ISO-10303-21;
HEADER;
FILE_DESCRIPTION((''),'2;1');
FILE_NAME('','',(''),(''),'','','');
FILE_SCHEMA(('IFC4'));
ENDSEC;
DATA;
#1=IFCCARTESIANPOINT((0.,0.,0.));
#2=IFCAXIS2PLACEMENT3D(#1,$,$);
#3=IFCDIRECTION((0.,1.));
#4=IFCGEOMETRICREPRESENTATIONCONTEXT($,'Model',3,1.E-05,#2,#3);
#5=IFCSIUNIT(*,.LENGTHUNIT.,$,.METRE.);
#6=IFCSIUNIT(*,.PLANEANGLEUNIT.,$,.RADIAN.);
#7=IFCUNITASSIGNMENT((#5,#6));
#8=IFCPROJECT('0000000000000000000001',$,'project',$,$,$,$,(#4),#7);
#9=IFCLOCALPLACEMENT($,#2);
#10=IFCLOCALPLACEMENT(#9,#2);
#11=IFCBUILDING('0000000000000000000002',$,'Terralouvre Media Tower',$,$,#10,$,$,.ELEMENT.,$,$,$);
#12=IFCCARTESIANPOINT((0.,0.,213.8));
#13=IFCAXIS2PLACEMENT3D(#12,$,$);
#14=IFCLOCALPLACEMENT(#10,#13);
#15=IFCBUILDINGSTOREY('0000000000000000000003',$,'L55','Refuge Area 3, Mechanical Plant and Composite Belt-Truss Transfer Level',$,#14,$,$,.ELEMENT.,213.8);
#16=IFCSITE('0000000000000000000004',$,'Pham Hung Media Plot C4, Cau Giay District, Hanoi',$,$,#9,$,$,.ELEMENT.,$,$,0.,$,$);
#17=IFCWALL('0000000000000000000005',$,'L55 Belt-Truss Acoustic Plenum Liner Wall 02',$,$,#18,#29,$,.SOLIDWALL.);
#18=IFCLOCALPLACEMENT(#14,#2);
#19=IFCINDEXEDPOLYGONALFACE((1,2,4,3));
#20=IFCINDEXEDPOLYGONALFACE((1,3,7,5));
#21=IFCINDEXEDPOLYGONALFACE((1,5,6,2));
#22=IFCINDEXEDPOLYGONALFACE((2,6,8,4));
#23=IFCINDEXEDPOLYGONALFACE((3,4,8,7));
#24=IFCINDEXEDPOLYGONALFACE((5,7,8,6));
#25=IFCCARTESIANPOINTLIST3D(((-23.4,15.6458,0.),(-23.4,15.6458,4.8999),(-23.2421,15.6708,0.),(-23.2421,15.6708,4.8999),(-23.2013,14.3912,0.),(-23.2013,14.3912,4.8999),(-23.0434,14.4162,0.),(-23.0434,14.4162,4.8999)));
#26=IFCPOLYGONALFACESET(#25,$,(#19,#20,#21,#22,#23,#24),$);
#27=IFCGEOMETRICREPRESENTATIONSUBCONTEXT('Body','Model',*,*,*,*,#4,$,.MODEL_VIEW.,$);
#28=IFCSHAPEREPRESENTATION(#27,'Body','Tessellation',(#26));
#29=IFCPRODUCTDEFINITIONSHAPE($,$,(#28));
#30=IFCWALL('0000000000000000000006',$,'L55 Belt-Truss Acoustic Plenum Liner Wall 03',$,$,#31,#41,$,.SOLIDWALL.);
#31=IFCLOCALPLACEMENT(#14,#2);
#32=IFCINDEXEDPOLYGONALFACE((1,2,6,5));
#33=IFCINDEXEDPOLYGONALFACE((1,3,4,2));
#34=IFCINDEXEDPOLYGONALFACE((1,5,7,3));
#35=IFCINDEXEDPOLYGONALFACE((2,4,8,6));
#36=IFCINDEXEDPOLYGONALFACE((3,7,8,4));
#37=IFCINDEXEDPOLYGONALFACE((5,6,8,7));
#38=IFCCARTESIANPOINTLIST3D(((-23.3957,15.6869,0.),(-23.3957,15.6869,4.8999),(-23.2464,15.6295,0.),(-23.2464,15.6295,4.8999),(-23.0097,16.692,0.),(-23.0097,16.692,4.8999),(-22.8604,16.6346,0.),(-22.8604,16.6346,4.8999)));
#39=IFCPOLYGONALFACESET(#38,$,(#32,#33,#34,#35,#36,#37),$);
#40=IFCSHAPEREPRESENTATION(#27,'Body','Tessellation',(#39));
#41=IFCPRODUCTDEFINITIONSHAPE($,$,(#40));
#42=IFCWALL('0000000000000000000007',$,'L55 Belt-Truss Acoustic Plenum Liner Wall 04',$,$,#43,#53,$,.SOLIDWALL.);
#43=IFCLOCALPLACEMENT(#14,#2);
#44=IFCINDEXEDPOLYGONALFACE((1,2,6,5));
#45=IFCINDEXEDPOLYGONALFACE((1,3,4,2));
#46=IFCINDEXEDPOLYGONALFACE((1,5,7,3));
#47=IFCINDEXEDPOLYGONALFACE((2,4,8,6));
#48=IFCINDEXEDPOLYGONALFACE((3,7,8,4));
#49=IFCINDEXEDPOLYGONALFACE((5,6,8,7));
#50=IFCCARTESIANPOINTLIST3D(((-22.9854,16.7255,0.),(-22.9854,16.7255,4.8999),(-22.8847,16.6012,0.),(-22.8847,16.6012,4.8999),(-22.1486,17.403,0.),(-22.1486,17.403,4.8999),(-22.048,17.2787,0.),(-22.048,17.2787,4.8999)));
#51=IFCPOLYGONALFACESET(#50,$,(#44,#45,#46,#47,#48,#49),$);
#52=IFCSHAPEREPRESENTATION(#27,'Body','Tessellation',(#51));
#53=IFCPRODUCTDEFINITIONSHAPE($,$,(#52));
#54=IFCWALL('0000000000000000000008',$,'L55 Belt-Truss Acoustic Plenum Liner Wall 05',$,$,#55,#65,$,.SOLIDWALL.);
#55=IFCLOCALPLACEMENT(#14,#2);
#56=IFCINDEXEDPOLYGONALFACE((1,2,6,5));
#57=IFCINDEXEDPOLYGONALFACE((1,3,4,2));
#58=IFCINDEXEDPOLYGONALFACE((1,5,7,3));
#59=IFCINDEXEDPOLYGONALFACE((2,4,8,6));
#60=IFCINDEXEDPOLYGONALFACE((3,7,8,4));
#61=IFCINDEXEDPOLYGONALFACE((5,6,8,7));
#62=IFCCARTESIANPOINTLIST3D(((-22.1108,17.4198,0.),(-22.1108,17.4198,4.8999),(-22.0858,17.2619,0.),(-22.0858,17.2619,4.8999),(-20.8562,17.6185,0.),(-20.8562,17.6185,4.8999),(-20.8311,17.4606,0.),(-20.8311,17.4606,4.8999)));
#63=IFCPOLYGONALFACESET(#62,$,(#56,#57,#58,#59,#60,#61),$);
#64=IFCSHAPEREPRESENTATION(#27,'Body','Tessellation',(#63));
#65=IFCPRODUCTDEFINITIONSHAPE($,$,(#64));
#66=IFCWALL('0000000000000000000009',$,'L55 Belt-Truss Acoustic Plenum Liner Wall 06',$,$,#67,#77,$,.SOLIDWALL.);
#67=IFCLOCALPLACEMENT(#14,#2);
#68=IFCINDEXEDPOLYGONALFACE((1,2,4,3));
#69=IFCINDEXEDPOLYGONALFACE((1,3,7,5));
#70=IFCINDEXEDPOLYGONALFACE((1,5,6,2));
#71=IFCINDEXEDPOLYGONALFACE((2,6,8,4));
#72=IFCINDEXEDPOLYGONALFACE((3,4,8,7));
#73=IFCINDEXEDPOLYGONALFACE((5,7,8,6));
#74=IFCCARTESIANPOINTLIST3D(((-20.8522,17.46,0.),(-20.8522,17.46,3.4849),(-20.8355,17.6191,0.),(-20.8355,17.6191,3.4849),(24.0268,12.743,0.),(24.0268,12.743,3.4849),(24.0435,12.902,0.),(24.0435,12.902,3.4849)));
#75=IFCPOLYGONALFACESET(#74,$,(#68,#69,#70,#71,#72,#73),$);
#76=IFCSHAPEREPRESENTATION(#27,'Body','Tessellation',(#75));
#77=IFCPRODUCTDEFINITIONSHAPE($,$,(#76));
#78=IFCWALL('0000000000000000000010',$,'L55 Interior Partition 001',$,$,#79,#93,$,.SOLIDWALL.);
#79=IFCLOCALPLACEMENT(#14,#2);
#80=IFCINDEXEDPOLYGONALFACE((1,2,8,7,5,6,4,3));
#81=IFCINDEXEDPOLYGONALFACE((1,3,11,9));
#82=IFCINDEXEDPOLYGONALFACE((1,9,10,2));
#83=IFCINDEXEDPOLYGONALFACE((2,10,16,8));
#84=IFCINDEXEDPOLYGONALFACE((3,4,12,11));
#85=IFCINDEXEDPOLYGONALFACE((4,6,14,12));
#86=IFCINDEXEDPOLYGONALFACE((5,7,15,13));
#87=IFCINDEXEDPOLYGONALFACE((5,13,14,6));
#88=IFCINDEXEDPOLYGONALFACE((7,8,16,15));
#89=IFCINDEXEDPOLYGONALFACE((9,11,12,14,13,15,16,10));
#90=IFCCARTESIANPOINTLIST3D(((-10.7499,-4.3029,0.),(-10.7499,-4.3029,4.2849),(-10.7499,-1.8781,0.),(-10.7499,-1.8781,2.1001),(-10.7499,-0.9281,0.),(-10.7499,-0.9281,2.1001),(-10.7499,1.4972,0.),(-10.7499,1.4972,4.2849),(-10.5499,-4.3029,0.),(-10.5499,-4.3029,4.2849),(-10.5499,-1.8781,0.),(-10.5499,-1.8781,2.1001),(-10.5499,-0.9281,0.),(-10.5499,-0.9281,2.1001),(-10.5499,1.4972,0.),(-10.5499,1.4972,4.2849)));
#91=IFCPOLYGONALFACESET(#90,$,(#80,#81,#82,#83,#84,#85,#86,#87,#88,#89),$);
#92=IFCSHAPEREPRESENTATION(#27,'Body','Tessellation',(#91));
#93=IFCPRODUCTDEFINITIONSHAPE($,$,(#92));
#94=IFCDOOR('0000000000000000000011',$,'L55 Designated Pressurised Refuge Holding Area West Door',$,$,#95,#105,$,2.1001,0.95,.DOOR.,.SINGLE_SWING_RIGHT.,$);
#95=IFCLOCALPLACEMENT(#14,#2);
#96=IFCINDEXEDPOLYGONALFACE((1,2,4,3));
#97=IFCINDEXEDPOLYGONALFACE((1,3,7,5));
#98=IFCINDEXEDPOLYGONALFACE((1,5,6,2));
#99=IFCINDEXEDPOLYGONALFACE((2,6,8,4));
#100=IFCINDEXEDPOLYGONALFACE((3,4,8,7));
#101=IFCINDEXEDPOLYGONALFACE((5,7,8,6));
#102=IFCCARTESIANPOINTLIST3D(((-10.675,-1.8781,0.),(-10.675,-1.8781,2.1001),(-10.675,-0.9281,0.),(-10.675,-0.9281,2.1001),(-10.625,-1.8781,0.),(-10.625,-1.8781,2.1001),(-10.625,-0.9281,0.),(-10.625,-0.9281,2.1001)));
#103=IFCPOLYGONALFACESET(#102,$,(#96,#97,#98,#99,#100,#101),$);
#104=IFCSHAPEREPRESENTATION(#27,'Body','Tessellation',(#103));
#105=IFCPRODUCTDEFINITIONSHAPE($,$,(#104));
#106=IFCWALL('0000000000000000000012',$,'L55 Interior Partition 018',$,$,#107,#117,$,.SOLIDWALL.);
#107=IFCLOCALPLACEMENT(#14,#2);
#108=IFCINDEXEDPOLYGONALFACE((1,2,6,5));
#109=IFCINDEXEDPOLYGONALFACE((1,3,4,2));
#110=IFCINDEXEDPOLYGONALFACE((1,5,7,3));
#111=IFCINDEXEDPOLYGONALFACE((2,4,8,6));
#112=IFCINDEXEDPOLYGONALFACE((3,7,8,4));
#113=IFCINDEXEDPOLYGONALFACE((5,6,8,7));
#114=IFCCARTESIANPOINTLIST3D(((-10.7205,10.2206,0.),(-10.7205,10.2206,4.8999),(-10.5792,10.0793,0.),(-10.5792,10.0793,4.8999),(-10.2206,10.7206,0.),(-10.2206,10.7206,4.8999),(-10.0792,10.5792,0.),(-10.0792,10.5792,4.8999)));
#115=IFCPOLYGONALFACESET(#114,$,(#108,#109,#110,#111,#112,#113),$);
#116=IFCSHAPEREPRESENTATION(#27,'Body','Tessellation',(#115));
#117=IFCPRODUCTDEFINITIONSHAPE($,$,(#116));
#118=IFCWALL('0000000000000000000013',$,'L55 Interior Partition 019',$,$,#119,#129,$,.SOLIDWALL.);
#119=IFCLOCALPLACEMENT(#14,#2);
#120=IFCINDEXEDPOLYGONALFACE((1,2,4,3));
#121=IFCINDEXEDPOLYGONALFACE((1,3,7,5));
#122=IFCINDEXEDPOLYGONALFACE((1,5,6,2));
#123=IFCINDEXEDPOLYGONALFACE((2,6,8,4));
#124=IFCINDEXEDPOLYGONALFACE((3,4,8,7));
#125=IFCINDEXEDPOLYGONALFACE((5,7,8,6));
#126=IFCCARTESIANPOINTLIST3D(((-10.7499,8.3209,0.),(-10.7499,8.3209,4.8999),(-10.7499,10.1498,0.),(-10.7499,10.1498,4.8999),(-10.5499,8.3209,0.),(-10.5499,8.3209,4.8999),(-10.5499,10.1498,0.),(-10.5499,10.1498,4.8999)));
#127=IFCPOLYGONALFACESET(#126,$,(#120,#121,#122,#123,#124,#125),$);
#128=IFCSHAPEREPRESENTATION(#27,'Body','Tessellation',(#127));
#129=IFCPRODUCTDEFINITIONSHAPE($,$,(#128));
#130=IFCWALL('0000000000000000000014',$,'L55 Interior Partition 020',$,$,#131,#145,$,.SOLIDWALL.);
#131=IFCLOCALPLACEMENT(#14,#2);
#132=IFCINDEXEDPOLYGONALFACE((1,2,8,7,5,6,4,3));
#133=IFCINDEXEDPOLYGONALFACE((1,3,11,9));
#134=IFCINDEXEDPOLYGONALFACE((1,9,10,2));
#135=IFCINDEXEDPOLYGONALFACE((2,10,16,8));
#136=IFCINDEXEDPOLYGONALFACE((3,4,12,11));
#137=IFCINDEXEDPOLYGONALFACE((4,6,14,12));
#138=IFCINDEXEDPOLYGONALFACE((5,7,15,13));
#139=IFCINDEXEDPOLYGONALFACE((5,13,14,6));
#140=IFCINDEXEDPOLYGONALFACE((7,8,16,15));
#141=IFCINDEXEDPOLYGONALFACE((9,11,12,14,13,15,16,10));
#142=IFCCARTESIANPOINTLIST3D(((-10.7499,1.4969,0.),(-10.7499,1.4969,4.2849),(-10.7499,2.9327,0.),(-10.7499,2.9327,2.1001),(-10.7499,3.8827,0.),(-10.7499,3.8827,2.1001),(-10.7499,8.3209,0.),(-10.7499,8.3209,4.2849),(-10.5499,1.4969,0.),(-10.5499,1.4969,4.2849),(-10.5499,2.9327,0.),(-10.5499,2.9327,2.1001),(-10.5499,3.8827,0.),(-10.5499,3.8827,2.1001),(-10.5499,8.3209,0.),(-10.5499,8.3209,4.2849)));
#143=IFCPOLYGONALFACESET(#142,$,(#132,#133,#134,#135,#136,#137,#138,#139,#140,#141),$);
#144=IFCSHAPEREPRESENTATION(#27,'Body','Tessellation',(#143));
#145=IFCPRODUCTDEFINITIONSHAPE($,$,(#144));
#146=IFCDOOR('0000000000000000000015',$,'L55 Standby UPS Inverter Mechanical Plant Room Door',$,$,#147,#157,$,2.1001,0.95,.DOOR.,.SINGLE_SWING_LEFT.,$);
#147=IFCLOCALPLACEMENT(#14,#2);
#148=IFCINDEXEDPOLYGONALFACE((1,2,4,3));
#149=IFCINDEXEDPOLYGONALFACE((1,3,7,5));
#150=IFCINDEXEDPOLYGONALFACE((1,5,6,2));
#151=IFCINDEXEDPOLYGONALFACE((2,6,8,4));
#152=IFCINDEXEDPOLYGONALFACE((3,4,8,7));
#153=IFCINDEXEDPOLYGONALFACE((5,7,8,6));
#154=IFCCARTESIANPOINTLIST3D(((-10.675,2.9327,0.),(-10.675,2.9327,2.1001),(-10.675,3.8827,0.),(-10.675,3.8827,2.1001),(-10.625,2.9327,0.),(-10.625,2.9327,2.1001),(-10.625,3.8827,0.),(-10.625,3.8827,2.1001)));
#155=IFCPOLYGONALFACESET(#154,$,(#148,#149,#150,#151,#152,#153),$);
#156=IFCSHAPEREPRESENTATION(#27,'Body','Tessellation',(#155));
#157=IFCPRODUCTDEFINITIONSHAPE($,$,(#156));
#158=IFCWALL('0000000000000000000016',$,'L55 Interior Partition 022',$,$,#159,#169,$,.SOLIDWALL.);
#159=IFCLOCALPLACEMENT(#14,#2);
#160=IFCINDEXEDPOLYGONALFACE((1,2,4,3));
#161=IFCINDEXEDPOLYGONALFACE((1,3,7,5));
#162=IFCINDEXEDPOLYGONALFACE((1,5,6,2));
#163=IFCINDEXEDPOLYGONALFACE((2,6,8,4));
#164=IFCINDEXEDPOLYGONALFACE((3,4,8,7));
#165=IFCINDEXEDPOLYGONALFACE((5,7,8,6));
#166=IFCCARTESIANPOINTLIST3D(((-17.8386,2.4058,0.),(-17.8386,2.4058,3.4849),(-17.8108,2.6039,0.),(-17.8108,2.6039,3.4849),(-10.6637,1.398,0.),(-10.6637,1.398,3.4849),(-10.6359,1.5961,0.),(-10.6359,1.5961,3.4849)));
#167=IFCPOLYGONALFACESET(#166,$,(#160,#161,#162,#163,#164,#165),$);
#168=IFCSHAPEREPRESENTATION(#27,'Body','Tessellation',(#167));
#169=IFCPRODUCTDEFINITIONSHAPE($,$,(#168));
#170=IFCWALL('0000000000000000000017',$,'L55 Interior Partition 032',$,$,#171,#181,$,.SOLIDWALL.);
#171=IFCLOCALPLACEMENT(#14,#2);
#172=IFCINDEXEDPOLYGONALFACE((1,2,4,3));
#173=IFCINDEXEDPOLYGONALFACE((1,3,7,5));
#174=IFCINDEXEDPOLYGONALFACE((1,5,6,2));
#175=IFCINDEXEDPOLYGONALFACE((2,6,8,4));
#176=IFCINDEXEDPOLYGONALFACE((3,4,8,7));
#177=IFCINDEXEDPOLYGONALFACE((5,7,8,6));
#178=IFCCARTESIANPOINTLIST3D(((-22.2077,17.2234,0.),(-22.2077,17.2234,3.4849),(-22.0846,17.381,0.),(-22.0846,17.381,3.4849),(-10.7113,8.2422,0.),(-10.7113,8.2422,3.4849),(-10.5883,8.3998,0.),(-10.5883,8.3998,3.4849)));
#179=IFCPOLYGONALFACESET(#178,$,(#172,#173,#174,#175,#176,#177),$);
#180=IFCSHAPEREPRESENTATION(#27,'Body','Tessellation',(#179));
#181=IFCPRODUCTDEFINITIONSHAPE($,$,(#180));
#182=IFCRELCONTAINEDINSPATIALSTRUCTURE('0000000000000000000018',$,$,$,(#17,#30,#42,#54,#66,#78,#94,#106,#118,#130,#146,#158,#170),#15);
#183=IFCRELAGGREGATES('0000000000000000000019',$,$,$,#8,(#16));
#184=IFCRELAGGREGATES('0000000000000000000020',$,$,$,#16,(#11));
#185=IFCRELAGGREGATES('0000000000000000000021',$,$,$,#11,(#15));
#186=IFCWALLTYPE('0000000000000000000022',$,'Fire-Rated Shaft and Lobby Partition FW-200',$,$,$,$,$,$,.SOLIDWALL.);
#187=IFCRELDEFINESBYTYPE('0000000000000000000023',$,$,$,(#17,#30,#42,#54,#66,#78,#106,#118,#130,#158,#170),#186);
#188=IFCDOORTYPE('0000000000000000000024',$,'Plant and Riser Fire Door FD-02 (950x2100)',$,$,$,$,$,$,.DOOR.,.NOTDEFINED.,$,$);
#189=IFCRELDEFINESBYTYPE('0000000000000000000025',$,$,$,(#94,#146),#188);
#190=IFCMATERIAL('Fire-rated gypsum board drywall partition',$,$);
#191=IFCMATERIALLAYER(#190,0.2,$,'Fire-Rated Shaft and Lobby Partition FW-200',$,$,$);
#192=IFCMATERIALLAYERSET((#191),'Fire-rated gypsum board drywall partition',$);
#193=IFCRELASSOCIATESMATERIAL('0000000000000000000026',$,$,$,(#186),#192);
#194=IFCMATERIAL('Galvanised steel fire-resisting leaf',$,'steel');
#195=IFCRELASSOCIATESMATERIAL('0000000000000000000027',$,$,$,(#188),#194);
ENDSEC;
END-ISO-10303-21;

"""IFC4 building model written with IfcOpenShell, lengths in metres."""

from ifc_helpers import new_model, si_unit, direction, frame, frame_2d, origin, place, context, subcontext, project, spatial, rectangle, extrude, material, layer, layer_set, type_object, element, fill, save


model = new_model("IFC4")

# Units and contexts
model_context = context("Model", 3, precision=1e-05, world=origin(), true_north=direction((0.0, 1.0)))
body_context = subcontext(model_context, "Body", "Model", "MODEL_VIEW")
ifc_project = project(units=[si_unit("LENGTHUNIT", "METRE"), si_unit("PLANEANGLEUNIT", "RADIAN")], contexts=[model_context])

# Site, building, storey
site_placement = place(None, origin())
site = spatial("IfcSite", under=ifc_project, at=site_placement, Name="Pham Hung Media Plot C4, Cau Giay District, Hanoi", CompositionType="ELEMENT", RefElevation=0.0)
building_placement = place(site_placement, origin())
building = spatial("IfcBuilding", under=site, at=building_placement, Name="Terralouvre Media Tower", CompositionType="ELEMENT")
storey_placement = place(building_placement, frame((0.0, 0.0, 213.8)))
storey = spatial("IfcBuildingStorey", under=building, at=storey_placement, Name="L55", Description="Refuge Area 3, Mechanical Plant and Composite Belt-Truss Transfer Level", CompositionType="ELEMENT", Elevation=213.8)

# Walls
ifc_material_1 = material(Name="Fire-rated gypsum board drywall partition")
ifc_layer_1 = layer(ifc_material_1, 0.2, Name="Fire-Rated Shaft and Lobby Partition FW-200")
ifc_layer_set_1 = layer_set([ifc_layer_1], Name="Fire-rated gypsum board drywall partition")
wall_type_1 = type_object("IfcWallType", Name="Fire-Rated Shaft and Lobby Partition FW-200", PredefinedType="SOLIDWALL", material=ifc_layer_set_1)
wall_1_placement = place(storey_placement, frame((-23.1223, 14.4036, 0.0), z_axis=(0.0, 0.0, 1.0), x_axis=(-0.156446, 0.987686, 0.0)))
element("IfcWall", 1, at=wall_1_placement, inside=storey, type_object=wall_type_1, Name="L55 Belt-Truss Acoustic Plenum Liner Wall 02", PredefinedType="SOLIDWALL", context=body_context, shape_type="SweptSolid", body=[
    extrude(rectangle(XDim=1.2703, YDim=0.1599, at=frame_2d((0.6353, 0.0))), origin(), (0.0, 0.0, 1.0), 4.8999),
])
for number, where, z_axis, x_axis, name in (
    (2, (-23.321, 15.6582, 0.0), (0.0, 0.0, 1.0), (0.358493, 0.933532, 0.0), "L55 Belt-Truss Acoustic Plenum Liner Wall 03"),
    (3, (-22.9351, 16.6633, 0.0), (0.0, 0.0, 1.0), (0.77716, 0.629303, 0.0), "L55 Belt-Truss Acoustic Plenum Liner Wall 04"),
):
    element("IfcWall", number, at=place(storey_placement, frame(where, z_axis=z_axis, x_axis=x_axis)), inside=storey, type_object=wall_type_1, Name=name, PredefinedType="SOLIDWALL", context=body_context, shape_type="SweptSolid", body=[
        extrude(rectangle(XDim=1.0767, YDim=0.1599, at=frame_2d((0.5383, 0.0))), origin(), (0.0, 0.0, 1.0), 4.8999),
    ])
wall_2_placement = place(storey_placement, frame((-22.0984, 17.3408, 0.0), z_axis=(0.0, 0.0, 1.0), x_axis=(0.987686, 0.156446, 0.0)))
element("IfcWall", 4, at=wall_2_placement, inside=storey, type_object=wall_type_1, Name="L55 Belt-Truss Acoustic Plenum Liner Wall 05", PredefinedType="SOLIDWALL", context=body_context, shape_type="SweptSolid", body=[
    extrude(rectangle(XDim=1.2703, YDim=0.1599, at=frame_2d((0.6353, 0.0))), origin(), (0.0, 0.0, 1.0), 4.8999),
])
wall_3_placement = place(storey_placement, frame((-20.8438, 17.5396, 0.0), z_axis=(0.0, 0.0, 1.0), x_axis=(0.994522, -0.10453, 0.0)))
element("IfcWall", 5, at=wall_3_placement, inside=storey, type_object=wall_type_1, Name="L55 Belt-Truss Acoustic Plenum Liner Wall 06", PredefinedType="SOLIDWALL", context=body_context, shape_type="SweptSolid", body=[
    extrude(rectangle(XDim=45.1262, YDim=0.1599, at=frame_2d((22.563, 0.0))), origin(), (0.0, 0.0, 1.0), 3.4849),
])

# Wall, opening, door
wall_4_placement = place(storey_placement, frame((-10.6499, 1.4971, 0.0), z_axis=(0.0, 0.0, 1.0), x_axis=(0.0, -1.0, 0.0)))
wall_4 = element("IfcWall", 6, at=wall_4_placement, inside=storey, type_object=wall_type_1, Name="L55 Interior Partition 001", PredefinedType="SOLIDWALL", context=body_context, shape_type="SweptSolid", body=[
    extrude(rectangle(XDim=5.8, YDim=0.2, at=frame_2d((2.8999, 0.0))), origin(), (0.0, 0.0, 1.0), 4.2849),
])
opening_1_placement = place(wall_4_placement, frame((2.425, 0.0, 0.0)))
opening_1 = element("IfcOpeningElement", 7, at=opening_1_placement, cuts=wall_4, PredefinedType="OPENING", context=body_context, shape_type="SweptSolid", body=[
    extrude(rectangle(XDim=0.95, YDim=2.1001, at=frame_2d((0.4751, 1.05))), frame((0.0, 0.1099, 0.0), z_axis=(0.0, -1.0, 0.0), x_axis=(1.0, 0.0, 0.0)), (0.0, 0.0, 1.0), 0.22),
])
ifc_material_2 = material(Name="Galvanised steel fire-resisting leaf", Category="steel")
door_type = type_object("IfcDoorType", Name="Plant and Riser Fire Door FD-02 (950x2100)", OperationType="NOTDEFINED", PredefinedType="DOOR", material=ifc_material_2)
door_1_placement = place(opening_1_placement, origin())
door_1 = element("IfcDoor", 8, at=door_1_placement, inside=storey, type_object=door_type, Name="L55 Designated Pressurised Refuge Holding Area West Door", OperationType="SINGLE_SWING_RIGHT", OverallHeight=2.1001, OverallWidth=0.95, PredefinedType="DOOR", context=body_context, shape_type="SweptSolid", body=[
    extrude(rectangle(XDim=0.95, YDim=2.1001, at=frame_2d((0.4751, 1.05))), frame((0.0, 0.0249, 0.0), z_axis=(0.0, -1.0, 0.0), x_axis=(1.0, 0.0, 0.0)), (0.0, 0.0, 1.0), 0.05),
])
fill(opening_1, door_1)

# Walls
wall_5_placement = place(storey_placement, frame((-10.1499, 10.6499, 0.0), z_axis=(0.0, 0.0, 1.0), x_axis=(-0.707107, -0.707107, 0.0)))
element("IfcWall", 9, at=wall_5_placement, inside=storey, type_object=wall_type_1, Name="L55 Interior Partition 018", PredefinedType="SOLIDWALL", context=body_context, shape_type="SweptSolid", body=[
    extrude(rectangle(XDim=0.707, YDim=0.2, at=frame_2d((0.3535, 0.0))), origin(), (0.0, 0.0, 1.0), 4.8999),
])
wall_6_placement = place(storey_placement, frame((-10.6499, 10.1499, 0.0), z_axis=(0.0, 0.0, 1.0), x_axis=(0.0, -1.0, 0.0)))
element("IfcWall", 10, at=wall_6_placement, inside=storey, type_object=wall_type_1, Name="L55 Interior Partition 019", PredefinedType="SOLIDWALL", context=body_context, shape_type="SweptSolid", body=[
    extrude(rectangle(XDim=1.8289, YDim=0.2, at=frame_2d((0.9146, 0.0))), origin(), (0.0, 0.0, 1.0), 4.8999),
])

# Wall, opening, door
wall_7_placement = place(storey_placement, frame((-10.6499, 8.321, 0.0), z_axis=(0.0, 0.0, 1.0), x_axis=(0.0, -1.0, 0.0)))
wall_7 = element("IfcWall", 11, at=wall_7_placement, inside=storey, type_object=wall_type_1, Name="L55 Interior Partition 020", PredefinedType="SOLIDWALL", context=body_context, shape_type="SweptSolid", body=[
    extrude(rectangle(XDim=6.824, YDim=0.2, at=frame_2d((3.4121, 0.0))), origin(), (0.0, 0.0, 1.0), 4.2849),
])
opening_2_placement = place(wall_7_placement, frame((4.4382, 0.0, 0.0)))
opening_2 = element("IfcOpeningElement", 12, at=opening_2_placement, cuts=wall_7, PredefinedType="OPENING", context=body_context, shape_type="SweptSolid", body=[
    extrude(rectangle(XDim=0.95, YDim=2.1001, at=frame_2d((0.4751, 1.05))), frame((0.0, 0.1099, 0.0), z_axis=(0.0, -1.0, 0.0), x_axis=(1.0, 0.0, 0.0)), (0.0, 0.0, 1.0), 0.22),
])
door_2_placement = place(opening_2_placement, origin())
door_2 = element("IfcDoor", 13, at=door_2_placement, inside=storey, type_object=door_type, Name="L55 Standby UPS Inverter Mechanical Plant Room Door", OperationType="SINGLE_SWING_LEFT", OverallHeight=2.1001, OverallWidth=0.95, PredefinedType="DOOR", context=body_context, shape_type="SweptSolid", body=[
    extrude(rectangle(XDim=0.95, YDim=2.1001, at=frame_2d((0.4751, 1.05))), frame((0.0, 0.0249, 0.0), z_axis=(0.0, -1.0, 0.0), x_axis=(1.0, 0.0, 0.0)), (0.0, 0.0, 1.0), 0.05),
])
fill(opening_2, door_2)

# Walls
wall_8_placement = place(storey_placement, frame((-10.6499, 1.4971, 0.0), z_axis=(0.0, 0.0, 1.0), x_axis=(-0.990279, 0.139095, 0.0)))
element("IfcWall", 14, at=wall_8_placement, inside=storey, type_object=wall_type_1, Name="L55 Interior Partition 022", PredefinedType="SOLIDWALL", context=body_context, shape_type="SweptSolid", body=[
    extrude(rectangle(XDim=7.2454, YDim=0.2, at=frame_2d((3.6226, 0.0))), origin(), (0.0, 0.0, 1.0), 3.4849),
])
wall_9_placement = place(storey_placement, frame((-22.1462, 17.3022, 0.0), z_axis=(0.0, 0.0, 1.0), x_axis=(0.788035, -0.615631, 0.0)))
element("IfcWall", 15, at=wall_9_placement, inside=storey, type_object=wall_type_1, Name="L55 Interior Partition 032", PredefinedType="SOLIDWALL", context=body_context, shape_type="SweptSolid", body=[
    extrude(rectangle(XDim=14.5886, YDim=0.2, at=frame_2d((7.2944, 0.0))), origin(), (0.0, 0.0, 1.0), 3.4849),
])

save(model, "model.ifc")
